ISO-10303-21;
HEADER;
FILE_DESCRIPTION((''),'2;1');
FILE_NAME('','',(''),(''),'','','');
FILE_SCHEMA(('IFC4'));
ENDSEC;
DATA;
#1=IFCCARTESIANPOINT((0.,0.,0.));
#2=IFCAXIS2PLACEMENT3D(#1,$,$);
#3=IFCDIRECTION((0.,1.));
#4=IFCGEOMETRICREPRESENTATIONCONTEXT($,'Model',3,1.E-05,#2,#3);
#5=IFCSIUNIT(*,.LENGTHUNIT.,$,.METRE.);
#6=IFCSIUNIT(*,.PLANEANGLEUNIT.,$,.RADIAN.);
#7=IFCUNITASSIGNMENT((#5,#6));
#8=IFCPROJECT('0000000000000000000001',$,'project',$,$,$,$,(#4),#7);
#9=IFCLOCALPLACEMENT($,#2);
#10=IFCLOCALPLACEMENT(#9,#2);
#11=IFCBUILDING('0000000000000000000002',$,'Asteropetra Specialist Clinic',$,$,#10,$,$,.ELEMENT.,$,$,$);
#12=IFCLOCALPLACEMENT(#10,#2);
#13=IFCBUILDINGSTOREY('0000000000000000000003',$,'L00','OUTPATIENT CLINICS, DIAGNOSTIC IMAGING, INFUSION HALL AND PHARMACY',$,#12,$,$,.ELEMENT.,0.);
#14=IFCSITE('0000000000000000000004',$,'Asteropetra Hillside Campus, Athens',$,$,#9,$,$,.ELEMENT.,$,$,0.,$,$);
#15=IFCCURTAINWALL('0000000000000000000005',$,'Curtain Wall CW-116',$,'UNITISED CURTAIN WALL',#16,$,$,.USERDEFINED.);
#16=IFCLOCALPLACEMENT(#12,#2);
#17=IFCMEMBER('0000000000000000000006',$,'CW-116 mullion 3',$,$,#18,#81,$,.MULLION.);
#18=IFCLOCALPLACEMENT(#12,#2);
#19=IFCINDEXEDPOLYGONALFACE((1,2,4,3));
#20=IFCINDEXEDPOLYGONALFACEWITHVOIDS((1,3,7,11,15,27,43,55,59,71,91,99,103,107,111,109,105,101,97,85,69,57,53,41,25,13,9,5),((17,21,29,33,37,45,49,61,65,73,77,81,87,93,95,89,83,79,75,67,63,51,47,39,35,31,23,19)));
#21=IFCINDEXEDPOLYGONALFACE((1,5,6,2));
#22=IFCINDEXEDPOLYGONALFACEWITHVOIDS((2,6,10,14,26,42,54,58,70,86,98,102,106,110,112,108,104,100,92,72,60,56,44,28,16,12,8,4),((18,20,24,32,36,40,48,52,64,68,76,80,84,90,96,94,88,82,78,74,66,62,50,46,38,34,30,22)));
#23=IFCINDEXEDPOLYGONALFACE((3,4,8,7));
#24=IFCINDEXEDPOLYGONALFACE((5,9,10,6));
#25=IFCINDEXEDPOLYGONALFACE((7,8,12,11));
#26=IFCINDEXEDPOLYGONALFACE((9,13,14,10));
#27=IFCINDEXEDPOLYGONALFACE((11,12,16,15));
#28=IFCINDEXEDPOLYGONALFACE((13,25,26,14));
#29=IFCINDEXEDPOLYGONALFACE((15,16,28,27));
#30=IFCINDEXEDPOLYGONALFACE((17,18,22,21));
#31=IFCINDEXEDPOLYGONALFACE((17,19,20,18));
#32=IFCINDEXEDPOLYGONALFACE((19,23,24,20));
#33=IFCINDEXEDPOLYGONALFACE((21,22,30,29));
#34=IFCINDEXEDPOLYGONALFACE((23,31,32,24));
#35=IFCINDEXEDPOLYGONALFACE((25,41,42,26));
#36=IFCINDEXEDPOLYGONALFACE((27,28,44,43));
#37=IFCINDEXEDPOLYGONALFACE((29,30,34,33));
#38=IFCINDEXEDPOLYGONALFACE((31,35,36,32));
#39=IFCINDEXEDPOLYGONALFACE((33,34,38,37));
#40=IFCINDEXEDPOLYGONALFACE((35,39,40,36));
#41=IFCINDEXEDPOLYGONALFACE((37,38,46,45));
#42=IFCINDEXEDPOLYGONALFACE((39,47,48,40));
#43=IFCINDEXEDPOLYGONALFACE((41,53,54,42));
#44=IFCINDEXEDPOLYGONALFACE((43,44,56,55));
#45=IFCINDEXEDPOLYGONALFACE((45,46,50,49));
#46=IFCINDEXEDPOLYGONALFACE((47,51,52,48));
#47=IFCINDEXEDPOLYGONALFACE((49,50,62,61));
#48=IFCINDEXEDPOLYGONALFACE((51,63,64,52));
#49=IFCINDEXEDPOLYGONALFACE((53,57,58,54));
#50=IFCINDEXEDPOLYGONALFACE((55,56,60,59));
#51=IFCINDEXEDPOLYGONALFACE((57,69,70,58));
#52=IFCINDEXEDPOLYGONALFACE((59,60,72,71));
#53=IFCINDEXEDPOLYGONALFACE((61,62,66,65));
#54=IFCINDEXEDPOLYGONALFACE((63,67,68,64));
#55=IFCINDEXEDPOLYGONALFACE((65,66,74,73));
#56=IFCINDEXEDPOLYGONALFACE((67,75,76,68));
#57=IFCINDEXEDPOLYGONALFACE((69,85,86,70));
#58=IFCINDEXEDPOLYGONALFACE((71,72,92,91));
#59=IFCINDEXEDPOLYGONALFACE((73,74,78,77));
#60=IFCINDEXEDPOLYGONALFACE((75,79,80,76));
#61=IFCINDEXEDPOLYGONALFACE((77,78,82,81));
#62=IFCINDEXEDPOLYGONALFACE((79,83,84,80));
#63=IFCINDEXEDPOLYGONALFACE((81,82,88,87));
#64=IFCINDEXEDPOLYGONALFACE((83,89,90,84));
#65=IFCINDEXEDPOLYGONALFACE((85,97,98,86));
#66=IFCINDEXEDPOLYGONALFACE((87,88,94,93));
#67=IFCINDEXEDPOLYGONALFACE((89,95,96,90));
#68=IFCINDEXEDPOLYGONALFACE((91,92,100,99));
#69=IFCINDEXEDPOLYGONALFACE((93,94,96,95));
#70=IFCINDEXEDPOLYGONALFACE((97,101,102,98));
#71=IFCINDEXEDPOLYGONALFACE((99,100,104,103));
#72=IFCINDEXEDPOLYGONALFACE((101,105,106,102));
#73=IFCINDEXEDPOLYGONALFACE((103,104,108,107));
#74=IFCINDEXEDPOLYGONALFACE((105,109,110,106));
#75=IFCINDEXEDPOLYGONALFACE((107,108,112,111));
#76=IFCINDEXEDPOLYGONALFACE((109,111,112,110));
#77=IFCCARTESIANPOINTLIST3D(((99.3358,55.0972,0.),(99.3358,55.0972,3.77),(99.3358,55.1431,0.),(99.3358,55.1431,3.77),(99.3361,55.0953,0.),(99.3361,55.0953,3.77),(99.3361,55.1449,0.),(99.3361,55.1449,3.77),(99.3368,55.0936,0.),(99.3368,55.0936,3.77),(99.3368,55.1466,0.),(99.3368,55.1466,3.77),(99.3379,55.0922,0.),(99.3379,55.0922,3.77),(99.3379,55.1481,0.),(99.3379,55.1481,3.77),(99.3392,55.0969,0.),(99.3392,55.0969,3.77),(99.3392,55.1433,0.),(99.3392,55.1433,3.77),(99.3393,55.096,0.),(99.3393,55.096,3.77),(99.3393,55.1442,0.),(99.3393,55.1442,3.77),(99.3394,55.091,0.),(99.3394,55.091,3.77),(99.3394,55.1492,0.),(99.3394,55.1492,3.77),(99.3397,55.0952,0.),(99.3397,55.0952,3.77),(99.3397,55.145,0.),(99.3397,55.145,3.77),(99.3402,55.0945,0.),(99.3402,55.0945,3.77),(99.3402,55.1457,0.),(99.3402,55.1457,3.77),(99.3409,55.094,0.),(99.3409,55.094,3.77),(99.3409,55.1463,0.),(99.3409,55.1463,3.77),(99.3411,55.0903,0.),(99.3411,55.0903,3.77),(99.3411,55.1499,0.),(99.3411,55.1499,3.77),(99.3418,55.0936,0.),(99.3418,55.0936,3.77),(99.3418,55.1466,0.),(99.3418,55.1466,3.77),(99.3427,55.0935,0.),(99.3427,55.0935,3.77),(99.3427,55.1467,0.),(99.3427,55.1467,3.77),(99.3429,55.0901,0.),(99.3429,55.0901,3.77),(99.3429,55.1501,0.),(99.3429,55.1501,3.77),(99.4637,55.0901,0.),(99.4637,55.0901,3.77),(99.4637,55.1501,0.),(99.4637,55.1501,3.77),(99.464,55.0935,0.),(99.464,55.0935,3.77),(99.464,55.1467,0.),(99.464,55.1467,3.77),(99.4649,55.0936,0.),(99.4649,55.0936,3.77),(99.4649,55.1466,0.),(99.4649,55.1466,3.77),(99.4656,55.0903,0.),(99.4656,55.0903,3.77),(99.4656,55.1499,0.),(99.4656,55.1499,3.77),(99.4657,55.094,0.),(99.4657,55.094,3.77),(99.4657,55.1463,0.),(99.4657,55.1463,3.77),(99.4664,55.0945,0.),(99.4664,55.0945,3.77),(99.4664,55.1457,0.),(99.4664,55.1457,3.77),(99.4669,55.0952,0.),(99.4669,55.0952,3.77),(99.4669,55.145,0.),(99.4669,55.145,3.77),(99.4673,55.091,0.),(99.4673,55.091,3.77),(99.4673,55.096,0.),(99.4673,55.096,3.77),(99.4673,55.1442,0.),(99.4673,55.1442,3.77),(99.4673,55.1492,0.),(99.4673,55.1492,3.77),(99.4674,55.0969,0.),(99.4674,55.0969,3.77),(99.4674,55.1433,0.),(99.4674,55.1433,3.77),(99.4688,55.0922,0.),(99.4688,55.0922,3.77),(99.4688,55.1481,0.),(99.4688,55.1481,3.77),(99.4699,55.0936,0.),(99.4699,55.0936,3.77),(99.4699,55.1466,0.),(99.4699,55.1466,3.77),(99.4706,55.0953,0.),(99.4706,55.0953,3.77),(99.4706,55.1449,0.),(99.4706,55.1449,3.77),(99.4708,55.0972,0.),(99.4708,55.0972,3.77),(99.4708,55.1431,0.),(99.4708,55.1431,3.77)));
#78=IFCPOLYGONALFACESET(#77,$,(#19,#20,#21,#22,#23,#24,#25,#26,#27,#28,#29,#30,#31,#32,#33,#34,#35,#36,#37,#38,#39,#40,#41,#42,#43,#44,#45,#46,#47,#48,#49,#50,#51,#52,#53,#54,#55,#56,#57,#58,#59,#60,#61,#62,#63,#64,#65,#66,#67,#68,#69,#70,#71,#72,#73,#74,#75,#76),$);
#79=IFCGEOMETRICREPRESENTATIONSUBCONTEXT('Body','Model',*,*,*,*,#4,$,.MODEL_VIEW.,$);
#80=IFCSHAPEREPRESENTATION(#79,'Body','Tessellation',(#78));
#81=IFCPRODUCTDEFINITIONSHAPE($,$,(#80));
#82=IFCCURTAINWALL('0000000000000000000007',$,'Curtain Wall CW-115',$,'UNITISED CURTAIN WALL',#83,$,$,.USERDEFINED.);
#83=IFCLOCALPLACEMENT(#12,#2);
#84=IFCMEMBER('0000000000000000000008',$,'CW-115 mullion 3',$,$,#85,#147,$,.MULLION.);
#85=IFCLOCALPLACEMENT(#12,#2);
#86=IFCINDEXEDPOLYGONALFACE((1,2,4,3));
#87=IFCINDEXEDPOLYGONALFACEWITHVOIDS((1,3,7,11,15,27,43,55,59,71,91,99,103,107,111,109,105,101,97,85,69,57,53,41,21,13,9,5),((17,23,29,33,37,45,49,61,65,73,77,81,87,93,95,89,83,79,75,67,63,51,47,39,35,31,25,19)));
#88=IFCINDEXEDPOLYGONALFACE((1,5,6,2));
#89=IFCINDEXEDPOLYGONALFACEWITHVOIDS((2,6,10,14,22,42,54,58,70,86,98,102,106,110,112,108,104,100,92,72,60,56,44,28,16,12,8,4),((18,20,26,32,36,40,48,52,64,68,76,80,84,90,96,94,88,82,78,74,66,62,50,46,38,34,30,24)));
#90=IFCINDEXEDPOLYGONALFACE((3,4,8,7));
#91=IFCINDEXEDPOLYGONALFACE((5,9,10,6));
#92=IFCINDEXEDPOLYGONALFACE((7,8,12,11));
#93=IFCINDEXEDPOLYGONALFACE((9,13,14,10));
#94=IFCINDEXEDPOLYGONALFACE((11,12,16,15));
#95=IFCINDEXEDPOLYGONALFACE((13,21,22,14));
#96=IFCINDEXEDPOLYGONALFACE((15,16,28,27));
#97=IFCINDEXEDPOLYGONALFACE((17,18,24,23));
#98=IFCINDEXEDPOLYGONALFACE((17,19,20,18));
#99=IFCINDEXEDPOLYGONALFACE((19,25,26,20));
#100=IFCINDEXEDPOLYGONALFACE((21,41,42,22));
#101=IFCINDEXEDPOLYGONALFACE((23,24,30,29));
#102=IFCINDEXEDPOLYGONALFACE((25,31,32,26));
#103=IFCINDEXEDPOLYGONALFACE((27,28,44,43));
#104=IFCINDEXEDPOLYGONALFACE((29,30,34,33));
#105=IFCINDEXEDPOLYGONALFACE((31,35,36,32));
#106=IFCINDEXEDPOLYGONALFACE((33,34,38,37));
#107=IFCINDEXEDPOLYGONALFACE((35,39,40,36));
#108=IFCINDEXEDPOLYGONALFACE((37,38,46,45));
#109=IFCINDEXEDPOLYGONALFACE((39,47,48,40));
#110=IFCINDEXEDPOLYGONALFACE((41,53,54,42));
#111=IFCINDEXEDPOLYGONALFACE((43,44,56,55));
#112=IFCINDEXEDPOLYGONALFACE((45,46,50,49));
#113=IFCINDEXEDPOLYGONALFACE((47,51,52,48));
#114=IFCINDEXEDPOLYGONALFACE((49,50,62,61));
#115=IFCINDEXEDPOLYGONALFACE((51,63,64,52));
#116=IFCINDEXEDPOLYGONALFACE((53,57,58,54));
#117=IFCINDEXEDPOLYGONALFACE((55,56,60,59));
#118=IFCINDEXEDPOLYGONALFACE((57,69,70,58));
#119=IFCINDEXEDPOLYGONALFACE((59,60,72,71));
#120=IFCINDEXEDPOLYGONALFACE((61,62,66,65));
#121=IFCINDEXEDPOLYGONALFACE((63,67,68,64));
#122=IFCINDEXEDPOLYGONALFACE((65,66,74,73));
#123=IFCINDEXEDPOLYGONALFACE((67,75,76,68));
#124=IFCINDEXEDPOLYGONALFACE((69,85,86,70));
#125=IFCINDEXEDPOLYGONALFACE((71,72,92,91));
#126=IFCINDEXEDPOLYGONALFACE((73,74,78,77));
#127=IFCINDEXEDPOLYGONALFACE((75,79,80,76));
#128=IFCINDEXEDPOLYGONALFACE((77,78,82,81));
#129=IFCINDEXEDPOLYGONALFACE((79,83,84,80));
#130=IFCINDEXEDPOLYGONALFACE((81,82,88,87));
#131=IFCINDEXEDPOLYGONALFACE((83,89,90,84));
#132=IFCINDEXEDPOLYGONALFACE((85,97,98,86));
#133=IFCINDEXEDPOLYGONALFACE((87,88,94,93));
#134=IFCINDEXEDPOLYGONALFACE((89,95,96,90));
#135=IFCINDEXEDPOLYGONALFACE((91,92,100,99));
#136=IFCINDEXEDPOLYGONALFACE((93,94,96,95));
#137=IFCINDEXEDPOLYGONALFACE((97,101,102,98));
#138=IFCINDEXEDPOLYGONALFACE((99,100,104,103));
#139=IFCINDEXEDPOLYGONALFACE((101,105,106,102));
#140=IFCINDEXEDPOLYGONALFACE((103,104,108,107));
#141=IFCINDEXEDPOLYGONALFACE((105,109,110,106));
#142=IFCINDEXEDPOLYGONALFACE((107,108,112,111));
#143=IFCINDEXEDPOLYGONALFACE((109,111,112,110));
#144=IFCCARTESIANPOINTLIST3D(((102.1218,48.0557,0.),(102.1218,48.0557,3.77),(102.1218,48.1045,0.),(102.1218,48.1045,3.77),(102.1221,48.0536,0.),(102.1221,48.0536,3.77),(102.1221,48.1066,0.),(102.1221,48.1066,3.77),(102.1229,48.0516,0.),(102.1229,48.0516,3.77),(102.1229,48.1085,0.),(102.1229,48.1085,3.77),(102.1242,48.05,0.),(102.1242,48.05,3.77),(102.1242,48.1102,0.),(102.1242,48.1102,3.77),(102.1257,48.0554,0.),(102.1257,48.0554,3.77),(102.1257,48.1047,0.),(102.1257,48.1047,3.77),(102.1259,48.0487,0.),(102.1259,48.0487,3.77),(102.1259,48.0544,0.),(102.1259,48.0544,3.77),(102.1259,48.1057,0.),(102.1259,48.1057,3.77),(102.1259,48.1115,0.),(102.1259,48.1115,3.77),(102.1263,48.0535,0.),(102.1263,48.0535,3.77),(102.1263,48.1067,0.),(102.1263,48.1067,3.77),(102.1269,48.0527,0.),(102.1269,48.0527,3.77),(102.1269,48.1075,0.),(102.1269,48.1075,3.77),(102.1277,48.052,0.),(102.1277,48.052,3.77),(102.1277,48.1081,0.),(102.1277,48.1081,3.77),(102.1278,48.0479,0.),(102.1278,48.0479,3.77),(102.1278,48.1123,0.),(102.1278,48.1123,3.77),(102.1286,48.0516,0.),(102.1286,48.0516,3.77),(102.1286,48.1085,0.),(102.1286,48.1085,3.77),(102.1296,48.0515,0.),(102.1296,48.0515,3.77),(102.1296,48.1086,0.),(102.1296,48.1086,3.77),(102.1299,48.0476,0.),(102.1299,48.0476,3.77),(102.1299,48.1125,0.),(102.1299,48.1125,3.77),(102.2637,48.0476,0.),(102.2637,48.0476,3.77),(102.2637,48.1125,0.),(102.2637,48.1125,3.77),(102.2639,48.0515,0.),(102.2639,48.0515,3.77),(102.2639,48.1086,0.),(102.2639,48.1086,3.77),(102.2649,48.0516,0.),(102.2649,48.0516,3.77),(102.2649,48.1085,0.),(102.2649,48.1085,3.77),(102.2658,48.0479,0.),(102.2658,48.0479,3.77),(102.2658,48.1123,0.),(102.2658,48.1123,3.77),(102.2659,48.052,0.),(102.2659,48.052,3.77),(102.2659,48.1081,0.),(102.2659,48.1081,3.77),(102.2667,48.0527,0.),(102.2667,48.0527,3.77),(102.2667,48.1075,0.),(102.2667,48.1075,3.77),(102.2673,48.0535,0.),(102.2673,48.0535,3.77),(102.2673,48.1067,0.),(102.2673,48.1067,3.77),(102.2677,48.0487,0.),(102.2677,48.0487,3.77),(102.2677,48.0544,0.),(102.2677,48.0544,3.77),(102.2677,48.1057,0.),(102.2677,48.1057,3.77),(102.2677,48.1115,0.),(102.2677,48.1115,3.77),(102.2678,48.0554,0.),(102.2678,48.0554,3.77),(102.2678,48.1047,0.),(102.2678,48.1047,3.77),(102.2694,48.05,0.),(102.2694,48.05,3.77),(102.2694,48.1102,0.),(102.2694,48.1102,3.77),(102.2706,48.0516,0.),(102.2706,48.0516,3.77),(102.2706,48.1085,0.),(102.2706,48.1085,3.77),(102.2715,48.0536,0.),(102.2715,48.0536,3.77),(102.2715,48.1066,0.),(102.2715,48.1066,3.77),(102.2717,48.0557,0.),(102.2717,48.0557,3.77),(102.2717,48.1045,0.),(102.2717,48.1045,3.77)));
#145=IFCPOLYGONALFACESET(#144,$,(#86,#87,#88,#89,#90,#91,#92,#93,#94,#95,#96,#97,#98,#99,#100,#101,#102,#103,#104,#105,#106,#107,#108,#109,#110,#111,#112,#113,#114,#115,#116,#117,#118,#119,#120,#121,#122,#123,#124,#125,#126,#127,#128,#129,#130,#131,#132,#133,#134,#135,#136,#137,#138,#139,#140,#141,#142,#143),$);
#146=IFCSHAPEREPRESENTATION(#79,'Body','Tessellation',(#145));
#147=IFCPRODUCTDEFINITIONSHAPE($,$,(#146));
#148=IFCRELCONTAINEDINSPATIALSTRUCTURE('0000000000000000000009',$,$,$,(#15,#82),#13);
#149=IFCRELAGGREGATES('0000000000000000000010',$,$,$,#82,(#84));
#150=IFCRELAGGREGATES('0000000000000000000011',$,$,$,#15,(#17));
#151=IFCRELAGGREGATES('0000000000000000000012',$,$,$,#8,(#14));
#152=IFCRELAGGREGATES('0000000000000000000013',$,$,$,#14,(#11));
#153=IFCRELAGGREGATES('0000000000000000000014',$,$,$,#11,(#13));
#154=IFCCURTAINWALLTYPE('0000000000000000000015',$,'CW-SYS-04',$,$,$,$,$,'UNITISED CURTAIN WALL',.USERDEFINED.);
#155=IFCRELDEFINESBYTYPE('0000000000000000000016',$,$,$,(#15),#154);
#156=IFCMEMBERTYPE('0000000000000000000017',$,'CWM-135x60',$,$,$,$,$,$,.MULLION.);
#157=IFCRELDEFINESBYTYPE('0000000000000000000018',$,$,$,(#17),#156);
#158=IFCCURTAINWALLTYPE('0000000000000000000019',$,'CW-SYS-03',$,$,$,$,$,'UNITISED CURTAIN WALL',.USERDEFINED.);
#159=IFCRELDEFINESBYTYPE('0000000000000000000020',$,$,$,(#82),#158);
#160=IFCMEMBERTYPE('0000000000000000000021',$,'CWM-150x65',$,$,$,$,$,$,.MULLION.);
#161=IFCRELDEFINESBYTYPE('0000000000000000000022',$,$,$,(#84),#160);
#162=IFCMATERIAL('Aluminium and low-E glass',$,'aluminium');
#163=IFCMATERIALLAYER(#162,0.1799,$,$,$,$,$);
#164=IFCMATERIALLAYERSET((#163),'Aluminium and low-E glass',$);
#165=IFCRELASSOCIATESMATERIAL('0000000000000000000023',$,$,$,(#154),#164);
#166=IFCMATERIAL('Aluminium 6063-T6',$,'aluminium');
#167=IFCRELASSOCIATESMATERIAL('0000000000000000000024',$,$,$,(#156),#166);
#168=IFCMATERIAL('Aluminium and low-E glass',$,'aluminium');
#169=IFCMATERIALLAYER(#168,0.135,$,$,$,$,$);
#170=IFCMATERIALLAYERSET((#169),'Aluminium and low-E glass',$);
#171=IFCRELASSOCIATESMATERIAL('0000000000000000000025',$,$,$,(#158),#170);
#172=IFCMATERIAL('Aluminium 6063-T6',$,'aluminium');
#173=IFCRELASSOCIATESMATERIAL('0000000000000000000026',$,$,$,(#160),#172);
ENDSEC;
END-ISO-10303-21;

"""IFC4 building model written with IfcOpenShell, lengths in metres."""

from ifc_helpers import new_model, si_unit, direction, frame, origin, origin_2d, place, context, subcontext, project, spatial, hollow_rectangle, extrude, material, layer, layer_set, material_profile, profile_set, type_object, element, aggregate, save


model = new_model("IFC4")

# Units and contexts
model_context = context("Model", 3, precision=1e-05, world=origin(), true_north=direction((0.0, 1.0)))
body_context = subcontext(model_context, "Body", "Model", "MODEL_VIEW")
ifc_project = project(units=[si_unit("LENGTHUNIT", "METRE"), si_unit("PLANEANGLEUNIT", "RADIAN")], contexts=[model_context])

# Site, building, storey
site_placement = place(None, origin())
site = spatial("IfcSite", under=ifc_project, at=site_placement, Name="Asteropetra Hillside Campus, Athens", CompositionType="ELEMENT", RefElevation=0.0)
building_placement = place(site_placement, origin())
building = spatial("IfcBuilding", under=site, at=building_placement, Name="Asteropetra Specialist Clinic", CompositionType="ELEMENT")
storey_placement = place(building_placement, origin())
storey = spatial("IfcBuildingStorey", under=building, at=storey_placement, Name="L00", Description="OUTPATIENT CLINICS, DIAGNOSTIC IMAGING, INFUSION HALL AND PHARMACY", CompositionType="ELEMENT", Elevation=0.0)

# Curtain wall, member
ifc_material_1 = material(Name="Aluminium and low-E glass", Category="aluminium")
ifc_layer_1 = layer(ifc_material_1, 0.1799)
ifc_layer_set_1 = layer_set([ifc_layer_1], Name="Aluminium and low-E glass")
curtain_wall_type_1 = type_object("IfcCurtainWallType", Name="CW-SYS-04", ElementType="UNITISED CURTAIN WALL", PredefinedType="USERDEFINED", material=ifc_layer_set_1)
curtain_wall_1_placement = place(storey_placement, origin())
curtain_wall_1 = element("IfcCurtainWall", 1, at=curtain_wall_1_placement, inside=storey, type_object=curtain_wall_type_1, Name="Curtain Wall CW-116", ObjectType="UNITISED CURTAIN WALL", PredefinedType="USERDEFINED")
ifc_material_2 = material(Name="Aluminium 6063-T6", Category="aluminium")
ifc_material_profile_1 = material_profile(ifc_material_2, hollow_rectangle(XDim=0.0601, YDim=0.135, WallThickness=0.0034, InnerFilletRadius=0.0034, OuterFilletRadius=0.0071, at=origin_2d()), Name="MUL 135x60x3.5")
ifc_profile_set_1 = profile_set([ifc_material_profile_1], Name="Aluminium 6063-T6")
member_type_1 = type_object("IfcMemberType", Name="CWM-135x60", PredefinedType="MULLION", material=ifc_profile_set_1)
member_1_placement = place(storey_placement, frame((99.4033, 55.1201, 0.0), z_axis=(0.0, 0.0, 1.0), x_axis=(0.0, -1.0, 0.0)))
member_1 = element("IfcMember", 2, at=member_1_placement, type_object=member_type_1, Name="CW-116 mullion 3", PredefinedType="MULLION", context=body_context, shape_type="SweptSolid", body=[
    extrude(hollow_rectangle(XDim=0.0601, YDim=0.135, WallThickness=0.0034, InnerFilletRadius=0.0034, OuterFilletRadius=0.0071, at=origin_2d()), origin(), (0.0, 0.0, 1.0), 3.77),
])

# Curtain wall, member
ifc_material_3 = material(Name="Aluminium and low-E glass", Category="aluminium")
ifc_layer_2 = layer(ifc_material_3, 0.135)
ifc_layer_set_2 = layer_set([ifc_layer_2], Name="Aluminium and low-E glass")
curtain_wall_type_2 = type_object("IfcCurtainWallType", Name="CW-SYS-03", ElementType="UNITISED CURTAIN WALL", PredefinedType="USERDEFINED", material=ifc_layer_set_2)
curtain_wall_2_placement = place(storey_placement, origin())
curtain_wall_2 = element("IfcCurtainWall", 3, at=curtain_wall_2_placement, inside=storey, type_object=curtain_wall_type_2, Name="Curtain Wall CW-115", ObjectType="UNITISED CURTAIN WALL", PredefinedType="USERDEFINED")
ifc_material_4 = material(Name="Aluminium 6063-T6", Category="aluminium")
ifc_material_profile_2 = material_profile(ifc_material_4, hollow_rectangle(XDim=0.0649, YDim=0.1499, WallThickness=0.0039, InnerFilletRadius=0.0039, OuterFilletRadius=0.0081, at=origin_2d()), Name="MUL 150x65x4.0")
ifc_profile_set_2 = profile_set([ifc_material_profile_2], Name="Aluminium 6063-T6")
member_type_2 = type_object("IfcMemberType", Name="CWM-150x65", PredefinedType="MULLION", material=ifc_profile_set_2)
member_2_placement = place(storey_placement, frame((102.1968, 48.0801, 0.0), z_axis=(0.0, 0.0, 1.0), x_axis=(0.0, 1.0, 0.0)))
member_2 = element("IfcMember", 4, at=member_2_placement, type_object=member_type_2, Name="CW-115 mullion 3", PredefinedType="MULLION", context=body_context, shape_type="SweptSolid", body=[
    extrude(hollow_rectangle(XDim=0.0649, YDim=0.1499, WallThickness=0.0039, InnerFilletRadius=0.0039, OuterFilletRadius=0.0081, at=origin_2d()), origin(), (0.0, 0.0, 1.0), 3.77),
])
aggregate(curtain_wall_2, [member_2])

aggregate(curtain_wall_1, [member_1])

save(model, "model.ifc")
